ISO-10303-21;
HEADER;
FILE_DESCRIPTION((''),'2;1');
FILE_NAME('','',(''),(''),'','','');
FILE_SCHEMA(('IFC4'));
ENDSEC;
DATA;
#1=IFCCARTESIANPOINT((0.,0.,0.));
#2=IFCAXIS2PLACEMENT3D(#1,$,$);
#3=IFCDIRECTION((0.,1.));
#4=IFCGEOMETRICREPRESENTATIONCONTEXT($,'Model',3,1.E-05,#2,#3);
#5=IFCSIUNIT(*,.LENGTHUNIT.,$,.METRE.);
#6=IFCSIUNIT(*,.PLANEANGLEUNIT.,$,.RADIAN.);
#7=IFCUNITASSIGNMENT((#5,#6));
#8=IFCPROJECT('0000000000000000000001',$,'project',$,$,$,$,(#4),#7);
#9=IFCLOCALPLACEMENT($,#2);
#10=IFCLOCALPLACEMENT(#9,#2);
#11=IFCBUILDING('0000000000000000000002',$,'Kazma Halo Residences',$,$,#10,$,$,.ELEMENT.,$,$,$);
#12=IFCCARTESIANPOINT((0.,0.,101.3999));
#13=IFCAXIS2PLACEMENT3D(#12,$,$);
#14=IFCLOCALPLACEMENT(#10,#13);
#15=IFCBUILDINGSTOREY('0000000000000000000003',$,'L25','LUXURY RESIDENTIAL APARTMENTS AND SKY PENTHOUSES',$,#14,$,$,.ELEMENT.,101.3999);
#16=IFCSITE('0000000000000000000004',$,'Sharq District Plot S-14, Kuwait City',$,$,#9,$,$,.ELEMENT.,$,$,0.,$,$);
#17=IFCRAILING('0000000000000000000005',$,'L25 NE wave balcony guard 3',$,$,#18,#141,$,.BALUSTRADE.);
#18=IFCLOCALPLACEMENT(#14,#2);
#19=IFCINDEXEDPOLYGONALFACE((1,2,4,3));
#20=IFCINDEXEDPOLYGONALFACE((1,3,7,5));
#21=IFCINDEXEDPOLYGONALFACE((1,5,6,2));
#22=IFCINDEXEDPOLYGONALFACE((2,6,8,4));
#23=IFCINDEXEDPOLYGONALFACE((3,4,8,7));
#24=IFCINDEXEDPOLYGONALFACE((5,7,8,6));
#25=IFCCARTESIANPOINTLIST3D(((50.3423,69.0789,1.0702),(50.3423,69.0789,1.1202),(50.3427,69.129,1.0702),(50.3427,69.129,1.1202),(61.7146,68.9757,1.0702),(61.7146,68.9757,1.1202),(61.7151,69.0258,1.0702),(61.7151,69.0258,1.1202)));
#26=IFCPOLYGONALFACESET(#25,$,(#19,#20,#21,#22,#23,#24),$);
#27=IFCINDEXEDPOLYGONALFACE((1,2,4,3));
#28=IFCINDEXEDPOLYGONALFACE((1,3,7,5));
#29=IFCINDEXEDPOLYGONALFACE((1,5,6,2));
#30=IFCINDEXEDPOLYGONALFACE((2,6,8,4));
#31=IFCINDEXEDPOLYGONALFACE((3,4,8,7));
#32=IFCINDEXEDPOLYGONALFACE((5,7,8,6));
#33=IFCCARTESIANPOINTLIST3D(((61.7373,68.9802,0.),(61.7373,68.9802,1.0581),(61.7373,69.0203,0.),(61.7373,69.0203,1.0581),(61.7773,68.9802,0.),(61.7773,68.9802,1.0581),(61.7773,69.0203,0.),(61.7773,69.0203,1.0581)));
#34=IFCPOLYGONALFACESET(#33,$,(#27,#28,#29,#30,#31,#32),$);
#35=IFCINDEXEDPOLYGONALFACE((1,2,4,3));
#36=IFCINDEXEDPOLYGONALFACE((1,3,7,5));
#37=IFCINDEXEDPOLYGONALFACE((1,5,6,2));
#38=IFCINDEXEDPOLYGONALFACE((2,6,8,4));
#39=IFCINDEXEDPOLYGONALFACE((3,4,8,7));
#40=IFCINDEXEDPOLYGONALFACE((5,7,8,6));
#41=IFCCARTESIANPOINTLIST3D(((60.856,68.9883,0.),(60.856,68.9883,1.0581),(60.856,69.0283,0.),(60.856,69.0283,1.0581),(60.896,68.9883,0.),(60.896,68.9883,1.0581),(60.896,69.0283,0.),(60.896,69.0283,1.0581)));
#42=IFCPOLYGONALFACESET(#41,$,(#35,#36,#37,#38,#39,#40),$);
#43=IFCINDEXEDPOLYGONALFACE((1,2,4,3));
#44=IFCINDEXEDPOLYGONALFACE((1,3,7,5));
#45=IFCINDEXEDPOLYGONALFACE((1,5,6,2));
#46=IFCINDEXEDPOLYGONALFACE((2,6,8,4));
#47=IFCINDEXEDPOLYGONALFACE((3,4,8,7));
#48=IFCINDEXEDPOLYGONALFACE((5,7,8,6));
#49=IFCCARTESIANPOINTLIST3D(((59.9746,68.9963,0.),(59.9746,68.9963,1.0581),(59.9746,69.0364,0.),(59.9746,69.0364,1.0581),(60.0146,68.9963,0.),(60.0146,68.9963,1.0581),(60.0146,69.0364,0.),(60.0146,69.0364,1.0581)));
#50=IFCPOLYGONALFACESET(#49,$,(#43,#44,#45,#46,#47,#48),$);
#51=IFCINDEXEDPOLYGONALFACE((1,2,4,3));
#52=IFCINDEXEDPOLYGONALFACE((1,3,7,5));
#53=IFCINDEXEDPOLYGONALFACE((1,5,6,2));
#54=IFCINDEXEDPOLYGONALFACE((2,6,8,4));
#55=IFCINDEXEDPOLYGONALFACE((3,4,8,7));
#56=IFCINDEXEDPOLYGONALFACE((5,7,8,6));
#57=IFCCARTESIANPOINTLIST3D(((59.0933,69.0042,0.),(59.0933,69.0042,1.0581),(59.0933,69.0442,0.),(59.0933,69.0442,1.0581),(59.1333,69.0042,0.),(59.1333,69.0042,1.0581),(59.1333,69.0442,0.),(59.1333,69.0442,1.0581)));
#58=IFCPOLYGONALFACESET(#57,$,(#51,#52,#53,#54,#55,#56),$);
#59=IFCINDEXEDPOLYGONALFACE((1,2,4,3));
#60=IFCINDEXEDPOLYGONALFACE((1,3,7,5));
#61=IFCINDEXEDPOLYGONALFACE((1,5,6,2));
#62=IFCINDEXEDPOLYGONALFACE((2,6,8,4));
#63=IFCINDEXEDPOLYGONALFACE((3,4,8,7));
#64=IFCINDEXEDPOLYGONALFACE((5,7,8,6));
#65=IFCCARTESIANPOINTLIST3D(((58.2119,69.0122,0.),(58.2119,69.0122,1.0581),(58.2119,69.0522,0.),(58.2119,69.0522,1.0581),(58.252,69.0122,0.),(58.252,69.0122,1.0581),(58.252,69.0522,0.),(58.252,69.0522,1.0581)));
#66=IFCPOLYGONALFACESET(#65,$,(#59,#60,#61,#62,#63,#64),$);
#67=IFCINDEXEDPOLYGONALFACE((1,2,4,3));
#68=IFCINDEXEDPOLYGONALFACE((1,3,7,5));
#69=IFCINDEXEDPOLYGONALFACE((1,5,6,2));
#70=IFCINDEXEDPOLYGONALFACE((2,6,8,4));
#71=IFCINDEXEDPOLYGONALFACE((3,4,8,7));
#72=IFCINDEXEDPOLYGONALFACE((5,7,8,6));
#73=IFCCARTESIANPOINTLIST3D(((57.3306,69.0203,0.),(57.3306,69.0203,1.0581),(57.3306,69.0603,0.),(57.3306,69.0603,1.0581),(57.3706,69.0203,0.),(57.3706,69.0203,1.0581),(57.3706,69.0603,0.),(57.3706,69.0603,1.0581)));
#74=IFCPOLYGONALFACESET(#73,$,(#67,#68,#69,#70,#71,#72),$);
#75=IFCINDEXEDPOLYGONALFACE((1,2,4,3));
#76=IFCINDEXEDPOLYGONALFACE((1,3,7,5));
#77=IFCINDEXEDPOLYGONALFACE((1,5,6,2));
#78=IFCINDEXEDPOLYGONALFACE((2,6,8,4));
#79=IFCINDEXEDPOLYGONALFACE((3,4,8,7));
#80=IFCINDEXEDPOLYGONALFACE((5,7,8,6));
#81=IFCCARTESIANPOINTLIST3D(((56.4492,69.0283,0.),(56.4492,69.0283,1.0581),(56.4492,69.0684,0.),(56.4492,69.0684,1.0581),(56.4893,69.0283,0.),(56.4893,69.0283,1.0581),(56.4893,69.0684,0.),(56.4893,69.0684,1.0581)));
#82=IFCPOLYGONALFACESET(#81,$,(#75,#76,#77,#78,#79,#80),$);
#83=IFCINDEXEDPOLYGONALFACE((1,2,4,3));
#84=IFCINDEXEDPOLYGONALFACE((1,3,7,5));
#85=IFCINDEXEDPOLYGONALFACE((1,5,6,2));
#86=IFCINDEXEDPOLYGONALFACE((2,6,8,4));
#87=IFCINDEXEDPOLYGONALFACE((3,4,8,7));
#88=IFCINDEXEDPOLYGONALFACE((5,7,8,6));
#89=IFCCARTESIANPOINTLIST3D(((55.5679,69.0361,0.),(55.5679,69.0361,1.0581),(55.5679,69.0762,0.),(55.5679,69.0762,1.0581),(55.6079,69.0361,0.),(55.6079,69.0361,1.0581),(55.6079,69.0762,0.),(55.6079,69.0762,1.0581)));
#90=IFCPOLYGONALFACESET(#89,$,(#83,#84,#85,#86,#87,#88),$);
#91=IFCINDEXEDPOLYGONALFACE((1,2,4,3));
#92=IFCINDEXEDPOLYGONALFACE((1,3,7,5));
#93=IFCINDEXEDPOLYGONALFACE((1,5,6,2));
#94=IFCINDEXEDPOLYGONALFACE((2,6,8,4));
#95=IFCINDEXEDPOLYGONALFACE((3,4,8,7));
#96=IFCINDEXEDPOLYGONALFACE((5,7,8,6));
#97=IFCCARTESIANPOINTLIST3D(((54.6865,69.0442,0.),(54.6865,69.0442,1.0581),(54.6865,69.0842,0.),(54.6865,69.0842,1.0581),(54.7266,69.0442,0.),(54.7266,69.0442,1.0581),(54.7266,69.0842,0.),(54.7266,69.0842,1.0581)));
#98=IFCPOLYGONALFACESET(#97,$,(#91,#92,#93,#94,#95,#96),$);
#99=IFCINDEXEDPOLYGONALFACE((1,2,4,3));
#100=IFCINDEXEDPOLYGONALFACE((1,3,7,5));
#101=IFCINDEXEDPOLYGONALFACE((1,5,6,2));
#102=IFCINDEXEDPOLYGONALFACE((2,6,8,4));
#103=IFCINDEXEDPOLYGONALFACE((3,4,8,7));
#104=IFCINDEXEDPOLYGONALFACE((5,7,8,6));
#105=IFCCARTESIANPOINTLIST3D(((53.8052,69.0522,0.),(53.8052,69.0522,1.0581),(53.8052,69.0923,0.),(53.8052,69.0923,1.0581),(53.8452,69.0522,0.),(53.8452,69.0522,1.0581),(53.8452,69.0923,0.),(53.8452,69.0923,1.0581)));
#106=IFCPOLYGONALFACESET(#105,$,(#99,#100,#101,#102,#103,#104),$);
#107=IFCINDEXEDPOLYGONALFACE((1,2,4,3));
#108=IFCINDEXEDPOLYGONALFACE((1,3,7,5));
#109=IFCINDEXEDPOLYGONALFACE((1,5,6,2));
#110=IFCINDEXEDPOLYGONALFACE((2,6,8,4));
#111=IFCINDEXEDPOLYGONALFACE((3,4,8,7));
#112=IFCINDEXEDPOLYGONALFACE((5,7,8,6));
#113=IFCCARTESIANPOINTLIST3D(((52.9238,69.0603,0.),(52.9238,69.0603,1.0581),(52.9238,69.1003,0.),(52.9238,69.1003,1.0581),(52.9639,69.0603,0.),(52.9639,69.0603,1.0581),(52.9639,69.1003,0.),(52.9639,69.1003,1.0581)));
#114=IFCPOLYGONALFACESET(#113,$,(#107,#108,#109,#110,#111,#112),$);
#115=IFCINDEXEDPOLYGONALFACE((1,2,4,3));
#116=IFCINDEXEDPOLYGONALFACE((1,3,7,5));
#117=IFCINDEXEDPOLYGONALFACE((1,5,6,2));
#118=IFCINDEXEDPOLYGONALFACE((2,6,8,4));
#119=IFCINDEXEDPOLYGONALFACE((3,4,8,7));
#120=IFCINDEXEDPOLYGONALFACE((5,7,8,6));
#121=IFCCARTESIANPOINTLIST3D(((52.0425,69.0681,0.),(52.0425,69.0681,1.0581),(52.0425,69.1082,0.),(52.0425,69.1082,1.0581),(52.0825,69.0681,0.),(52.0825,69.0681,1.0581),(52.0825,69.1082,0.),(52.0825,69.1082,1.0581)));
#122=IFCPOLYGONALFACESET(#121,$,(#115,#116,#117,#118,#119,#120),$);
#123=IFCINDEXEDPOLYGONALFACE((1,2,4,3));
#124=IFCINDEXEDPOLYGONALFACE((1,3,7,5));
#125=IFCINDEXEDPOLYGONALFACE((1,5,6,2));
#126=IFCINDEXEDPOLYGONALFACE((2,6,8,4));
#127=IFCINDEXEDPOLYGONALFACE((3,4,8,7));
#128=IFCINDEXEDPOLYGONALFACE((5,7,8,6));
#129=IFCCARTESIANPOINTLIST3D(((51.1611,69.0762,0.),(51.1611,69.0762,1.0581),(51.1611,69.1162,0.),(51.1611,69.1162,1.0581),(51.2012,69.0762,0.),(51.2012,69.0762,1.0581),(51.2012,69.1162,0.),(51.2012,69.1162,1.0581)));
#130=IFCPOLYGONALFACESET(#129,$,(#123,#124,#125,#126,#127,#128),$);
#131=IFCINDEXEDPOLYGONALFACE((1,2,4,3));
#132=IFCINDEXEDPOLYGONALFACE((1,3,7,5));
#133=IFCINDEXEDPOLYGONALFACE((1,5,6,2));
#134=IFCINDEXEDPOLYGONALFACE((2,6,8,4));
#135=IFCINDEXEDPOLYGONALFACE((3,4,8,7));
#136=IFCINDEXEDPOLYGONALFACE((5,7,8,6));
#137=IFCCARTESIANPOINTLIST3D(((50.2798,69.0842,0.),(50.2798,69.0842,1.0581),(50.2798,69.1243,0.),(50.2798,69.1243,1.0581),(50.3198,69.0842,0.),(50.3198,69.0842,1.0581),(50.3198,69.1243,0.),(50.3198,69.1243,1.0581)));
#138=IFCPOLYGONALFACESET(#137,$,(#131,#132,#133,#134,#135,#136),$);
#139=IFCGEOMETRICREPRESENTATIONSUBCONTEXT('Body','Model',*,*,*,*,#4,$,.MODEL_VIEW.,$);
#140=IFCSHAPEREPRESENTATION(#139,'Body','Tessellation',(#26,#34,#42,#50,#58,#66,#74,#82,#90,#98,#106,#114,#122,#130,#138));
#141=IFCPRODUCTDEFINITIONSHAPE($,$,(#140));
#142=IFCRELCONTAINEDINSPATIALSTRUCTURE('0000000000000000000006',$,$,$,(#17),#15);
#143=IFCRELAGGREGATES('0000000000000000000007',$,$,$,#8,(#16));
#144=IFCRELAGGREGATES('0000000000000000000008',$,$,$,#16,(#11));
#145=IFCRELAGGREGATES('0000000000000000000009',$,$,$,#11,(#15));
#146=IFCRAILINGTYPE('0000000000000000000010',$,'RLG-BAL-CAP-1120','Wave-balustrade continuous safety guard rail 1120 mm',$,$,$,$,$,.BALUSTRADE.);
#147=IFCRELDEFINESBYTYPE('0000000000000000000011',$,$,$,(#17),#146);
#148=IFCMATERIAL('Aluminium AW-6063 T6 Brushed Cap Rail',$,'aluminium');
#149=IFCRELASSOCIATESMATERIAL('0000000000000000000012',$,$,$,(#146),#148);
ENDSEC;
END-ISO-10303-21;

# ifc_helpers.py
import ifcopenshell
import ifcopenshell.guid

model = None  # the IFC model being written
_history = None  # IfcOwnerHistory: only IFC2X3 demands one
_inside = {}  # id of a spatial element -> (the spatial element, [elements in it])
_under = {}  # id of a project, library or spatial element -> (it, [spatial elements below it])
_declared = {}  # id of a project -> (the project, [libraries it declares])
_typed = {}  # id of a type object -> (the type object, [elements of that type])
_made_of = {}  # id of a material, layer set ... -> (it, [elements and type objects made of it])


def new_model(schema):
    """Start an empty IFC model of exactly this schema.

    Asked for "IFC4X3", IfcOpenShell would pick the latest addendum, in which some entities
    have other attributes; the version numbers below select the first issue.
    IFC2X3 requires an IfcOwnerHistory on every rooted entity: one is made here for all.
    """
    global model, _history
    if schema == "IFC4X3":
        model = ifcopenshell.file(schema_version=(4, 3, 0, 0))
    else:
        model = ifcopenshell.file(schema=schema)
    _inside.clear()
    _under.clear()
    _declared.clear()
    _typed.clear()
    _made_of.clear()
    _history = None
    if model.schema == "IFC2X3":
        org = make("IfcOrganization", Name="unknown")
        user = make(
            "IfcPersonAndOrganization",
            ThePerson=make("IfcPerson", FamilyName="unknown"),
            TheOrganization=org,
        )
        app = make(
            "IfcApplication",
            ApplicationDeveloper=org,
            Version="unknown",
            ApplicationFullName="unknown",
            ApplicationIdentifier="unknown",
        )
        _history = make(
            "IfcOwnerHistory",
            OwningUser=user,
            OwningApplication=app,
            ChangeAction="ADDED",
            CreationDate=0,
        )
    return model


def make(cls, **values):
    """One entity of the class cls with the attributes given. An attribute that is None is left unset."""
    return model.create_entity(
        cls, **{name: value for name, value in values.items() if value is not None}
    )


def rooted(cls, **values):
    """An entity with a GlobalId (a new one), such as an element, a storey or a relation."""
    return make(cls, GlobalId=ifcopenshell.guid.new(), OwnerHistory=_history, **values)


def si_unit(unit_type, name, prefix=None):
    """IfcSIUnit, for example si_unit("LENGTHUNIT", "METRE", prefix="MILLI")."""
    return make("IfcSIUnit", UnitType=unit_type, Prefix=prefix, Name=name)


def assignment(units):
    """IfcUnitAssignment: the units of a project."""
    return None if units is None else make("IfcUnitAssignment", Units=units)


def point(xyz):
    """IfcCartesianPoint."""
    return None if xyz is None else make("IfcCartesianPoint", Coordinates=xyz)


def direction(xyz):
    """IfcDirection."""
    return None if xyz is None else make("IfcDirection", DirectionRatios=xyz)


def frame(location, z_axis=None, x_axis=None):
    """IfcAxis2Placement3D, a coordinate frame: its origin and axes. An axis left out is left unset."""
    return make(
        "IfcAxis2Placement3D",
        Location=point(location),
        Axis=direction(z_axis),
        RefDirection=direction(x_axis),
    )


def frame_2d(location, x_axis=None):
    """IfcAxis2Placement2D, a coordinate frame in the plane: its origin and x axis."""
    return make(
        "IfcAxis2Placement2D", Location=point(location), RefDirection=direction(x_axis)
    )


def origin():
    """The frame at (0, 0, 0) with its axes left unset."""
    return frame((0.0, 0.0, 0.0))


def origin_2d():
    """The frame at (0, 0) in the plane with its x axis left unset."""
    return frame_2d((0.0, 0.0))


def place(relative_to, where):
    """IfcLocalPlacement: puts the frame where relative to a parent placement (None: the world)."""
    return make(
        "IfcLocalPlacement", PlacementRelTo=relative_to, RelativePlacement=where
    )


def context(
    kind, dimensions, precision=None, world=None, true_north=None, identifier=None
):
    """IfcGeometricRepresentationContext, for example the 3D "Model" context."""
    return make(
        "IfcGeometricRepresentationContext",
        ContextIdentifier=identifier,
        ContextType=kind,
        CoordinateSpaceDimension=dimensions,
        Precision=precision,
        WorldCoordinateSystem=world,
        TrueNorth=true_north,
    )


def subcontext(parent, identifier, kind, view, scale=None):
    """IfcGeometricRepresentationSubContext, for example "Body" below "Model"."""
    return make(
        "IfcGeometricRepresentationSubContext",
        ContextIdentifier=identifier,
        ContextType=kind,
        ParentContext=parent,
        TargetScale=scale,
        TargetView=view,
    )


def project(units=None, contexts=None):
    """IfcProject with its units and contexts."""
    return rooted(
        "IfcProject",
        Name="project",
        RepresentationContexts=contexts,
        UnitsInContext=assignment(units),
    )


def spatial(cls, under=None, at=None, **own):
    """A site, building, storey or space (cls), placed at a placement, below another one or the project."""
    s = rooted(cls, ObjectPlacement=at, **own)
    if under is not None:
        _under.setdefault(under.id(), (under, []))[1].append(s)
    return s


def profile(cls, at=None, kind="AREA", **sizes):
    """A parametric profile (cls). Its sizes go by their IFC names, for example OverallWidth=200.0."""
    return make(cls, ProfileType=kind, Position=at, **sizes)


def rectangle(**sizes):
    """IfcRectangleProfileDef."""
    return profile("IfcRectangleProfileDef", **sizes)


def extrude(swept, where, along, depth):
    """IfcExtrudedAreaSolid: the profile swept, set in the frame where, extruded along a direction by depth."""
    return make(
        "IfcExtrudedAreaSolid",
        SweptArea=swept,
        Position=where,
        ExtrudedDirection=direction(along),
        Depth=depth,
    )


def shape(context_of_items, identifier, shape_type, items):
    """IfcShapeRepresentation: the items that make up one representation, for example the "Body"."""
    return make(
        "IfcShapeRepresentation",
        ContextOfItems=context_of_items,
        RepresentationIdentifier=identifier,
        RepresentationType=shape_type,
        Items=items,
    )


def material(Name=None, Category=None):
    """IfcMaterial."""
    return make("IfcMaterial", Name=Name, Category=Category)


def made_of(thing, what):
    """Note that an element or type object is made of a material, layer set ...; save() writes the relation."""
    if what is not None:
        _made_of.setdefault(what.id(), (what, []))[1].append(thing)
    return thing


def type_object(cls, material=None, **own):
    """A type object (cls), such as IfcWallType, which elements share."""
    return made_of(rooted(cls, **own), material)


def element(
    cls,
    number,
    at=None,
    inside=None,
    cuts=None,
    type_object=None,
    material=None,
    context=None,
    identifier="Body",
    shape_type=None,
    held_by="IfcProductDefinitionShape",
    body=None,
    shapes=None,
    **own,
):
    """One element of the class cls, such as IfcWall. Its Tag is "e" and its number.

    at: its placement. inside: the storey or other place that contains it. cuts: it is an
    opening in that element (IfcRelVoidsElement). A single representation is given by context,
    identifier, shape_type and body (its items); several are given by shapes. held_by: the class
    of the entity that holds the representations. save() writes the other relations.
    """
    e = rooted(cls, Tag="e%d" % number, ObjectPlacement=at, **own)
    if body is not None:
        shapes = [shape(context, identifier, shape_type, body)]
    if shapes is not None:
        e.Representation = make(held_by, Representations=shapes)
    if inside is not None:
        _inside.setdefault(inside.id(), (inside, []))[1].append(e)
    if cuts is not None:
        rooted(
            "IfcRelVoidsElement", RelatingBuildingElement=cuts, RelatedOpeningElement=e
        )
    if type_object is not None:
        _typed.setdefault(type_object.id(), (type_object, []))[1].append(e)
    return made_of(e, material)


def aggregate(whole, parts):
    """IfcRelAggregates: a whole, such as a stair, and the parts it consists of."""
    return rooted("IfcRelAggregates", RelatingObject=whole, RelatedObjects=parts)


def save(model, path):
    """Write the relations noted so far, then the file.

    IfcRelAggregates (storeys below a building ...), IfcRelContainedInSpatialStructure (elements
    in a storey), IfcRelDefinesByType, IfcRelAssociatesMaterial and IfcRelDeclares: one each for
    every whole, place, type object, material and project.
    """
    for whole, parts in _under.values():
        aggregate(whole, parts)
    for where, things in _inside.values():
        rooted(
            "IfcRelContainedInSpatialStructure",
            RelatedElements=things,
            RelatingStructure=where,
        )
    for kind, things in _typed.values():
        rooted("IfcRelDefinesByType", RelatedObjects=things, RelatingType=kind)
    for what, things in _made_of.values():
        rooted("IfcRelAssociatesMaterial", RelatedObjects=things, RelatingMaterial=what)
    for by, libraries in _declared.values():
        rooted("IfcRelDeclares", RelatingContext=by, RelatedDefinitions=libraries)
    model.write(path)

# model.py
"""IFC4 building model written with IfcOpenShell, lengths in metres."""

from ifc_helpers import new_model, si_unit, direction, frame, origin, origin_2d, place, context, subcontext, project, spatial, rectangle, extrude, material, type_object, element, save


model = new_model("IFC4")

# Units and contexts
model_context = context("Model", 3, precision=1e-05, world=origin(), true_north=direction((0.0, 1.0)))
body_context = subcontext(model_context, "Body", "Model", "MODEL_VIEW")
ifc_project = project(units=[si_unit("LENGTHUNIT", "METRE"), si_unit("PLANEANGLEUNIT", "RADIAN")], contexts=[model_context])

# Site, building, storey
site_placement = place(None, origin())
site = spatial("IfcSite", under=ifc_project, at=site_placement, Name="Sharq District Plot S-14, Kuwait City", CompositionType="ELEMENT", RefElevation=0.0)
building_placement = place(site_placement, origin())
building = spatial("IfcBuilding", under=site, at=building_placement, Name="Kazma Halo Residences", CompositionType="ELEMENT")
storey_placement = place(building_placement, frame((0.0, 0.0, 101.3999)))
storey = spatial("IfcBuildingStorey", under=building, at=storey_placement, Name="L25", Description="LUXURY RESIDENTIAL APARTMENTS AND SKY PENTHOUSES", CompositionType="ELEMENT", Elevation=101.3999)

# Railing
ifc_material_1 = material(Name="Aluminium AW-6063 T6 Brushed Cap Rail", Category="aluminium")
railing_type = type_object("IfcRailingType", Name="RLG-BAL-CAP-1120", Description="Wave-balustrade continuous safety guard rail 1120 mm", PredefinedType="BALUSTRADE", material=ifc_material_1)
railing_1_placement = place(storey_placement, frame((61.7573, 69.0002, 0.0)))
element("IfcRailing", 1, at=railing_1_placement, inside=storey, type_object=railing_type, Name="L25 NE wave balcony guard 3", PredefinedType="BALUSTRADE", context=body_context, shape_type="SweptSolid", body=[
    extrude(rectangle(XDim=0.05, YDim=0.05, at=origin_2d()), frame((-0.0425, 0.0005, 1.0952), z_axis=(-0.999959, 0.009077, 0.0), x_axis=(-0.009077, -0.999959, 0.0)), (0.0, 0.0, 1.0), 11.3728),
    extrude(rectangle(XDim=0.04, YDim=0.04, at=origin_2d()), origin(), (0.0, 0.0, 1.0), 1.0581),
    extrude(rectangle(XDim=0.04, YDim=0.04, at=origin_2d()), frame((-0.8813, 0.0081, 0.0)), (0.0, 0.0, 1.0), 1.0581),
    extrude(rectangle(XDim=0.04, YDim=0.04, at=origin_2d()), frame((-1.7627, 0.0161, 0.0)), (0.0, 0.0, 1.0), 1.0581),
    extrude(rectangle(XDim=0.04, YDim=0.04, at=origin_2d()), frame((-2.644, 0.0239, 0.0)), (0.0, 0.0, 1.0), 1.0581),
    extrude(rectangle(XDim=0.04, YDim=0.04, at=origin_2d()), frame((-3.5254, 0.032, 0.0)), (0.0, 0.0, 1.0), 1.0581),
    extrude(rectangle(XDim=0.04, YDim=0.04, at=origin_2d()), frame((-4.4067, 0.04, 0.0)), (0.0, 0.0, 1.0), 1.0581),
    extrude(rectangle(XDim=0.04, YDim=0.04, at=origin_2d()), frame((-5.2881, 0.0481, 0.0)), (0.0, 0.0, 1.0), 1.0581),
    extrude(rectangle(XDim=0.04, YDim=0.04, at=origin_2d()), frame((-6.1694, 0.0559, 0.0)), (0.0, 0.0, 1.0), 1.0581),
    extrude(rectangle(XDim=0.04, YDim=0.04, at=origin_2d()), frame((-7.0508, 0.064, 0.0)), (0.0, 0.0, 1.0), 1.0581),
    extrude(rectangle(XDim=0.04, YDim=0.04, at=origin_2d()), frame((-7.9321, 0.072, 0.0)), (0.0, 0.0, 1.0), 1.0581),
    extrude(rectangle(XDim=0.04, YDim=0.04, at=origin_2d()), frame((-8.8135, 0.0801, 0.0)), (0.0, 0.0, 1.0), 1.0581),
    extrude(rectangle(XDim=0.04, YDim=0.04, at=origin_2d()), frame((-9.6948, 0.0879, 0.0)), (0.0, 0.0, 1.0), 1.0581),
    extrude(rectangle(XDim=0.04, YDim=0.04, at=origin_2d()), frame((-10.5762, 0.0959, 0.0)), (0.0, 0.0, 1.0), 1.0581),
    extrude(rectangle(XDim=0.04, YDim=0.04, at=origin_2d()), frame((-11.4575, 0.104, 0.0)), (0.0, 0.0, 1.0), 1.0581),
])

save(model, "model.ifc")
